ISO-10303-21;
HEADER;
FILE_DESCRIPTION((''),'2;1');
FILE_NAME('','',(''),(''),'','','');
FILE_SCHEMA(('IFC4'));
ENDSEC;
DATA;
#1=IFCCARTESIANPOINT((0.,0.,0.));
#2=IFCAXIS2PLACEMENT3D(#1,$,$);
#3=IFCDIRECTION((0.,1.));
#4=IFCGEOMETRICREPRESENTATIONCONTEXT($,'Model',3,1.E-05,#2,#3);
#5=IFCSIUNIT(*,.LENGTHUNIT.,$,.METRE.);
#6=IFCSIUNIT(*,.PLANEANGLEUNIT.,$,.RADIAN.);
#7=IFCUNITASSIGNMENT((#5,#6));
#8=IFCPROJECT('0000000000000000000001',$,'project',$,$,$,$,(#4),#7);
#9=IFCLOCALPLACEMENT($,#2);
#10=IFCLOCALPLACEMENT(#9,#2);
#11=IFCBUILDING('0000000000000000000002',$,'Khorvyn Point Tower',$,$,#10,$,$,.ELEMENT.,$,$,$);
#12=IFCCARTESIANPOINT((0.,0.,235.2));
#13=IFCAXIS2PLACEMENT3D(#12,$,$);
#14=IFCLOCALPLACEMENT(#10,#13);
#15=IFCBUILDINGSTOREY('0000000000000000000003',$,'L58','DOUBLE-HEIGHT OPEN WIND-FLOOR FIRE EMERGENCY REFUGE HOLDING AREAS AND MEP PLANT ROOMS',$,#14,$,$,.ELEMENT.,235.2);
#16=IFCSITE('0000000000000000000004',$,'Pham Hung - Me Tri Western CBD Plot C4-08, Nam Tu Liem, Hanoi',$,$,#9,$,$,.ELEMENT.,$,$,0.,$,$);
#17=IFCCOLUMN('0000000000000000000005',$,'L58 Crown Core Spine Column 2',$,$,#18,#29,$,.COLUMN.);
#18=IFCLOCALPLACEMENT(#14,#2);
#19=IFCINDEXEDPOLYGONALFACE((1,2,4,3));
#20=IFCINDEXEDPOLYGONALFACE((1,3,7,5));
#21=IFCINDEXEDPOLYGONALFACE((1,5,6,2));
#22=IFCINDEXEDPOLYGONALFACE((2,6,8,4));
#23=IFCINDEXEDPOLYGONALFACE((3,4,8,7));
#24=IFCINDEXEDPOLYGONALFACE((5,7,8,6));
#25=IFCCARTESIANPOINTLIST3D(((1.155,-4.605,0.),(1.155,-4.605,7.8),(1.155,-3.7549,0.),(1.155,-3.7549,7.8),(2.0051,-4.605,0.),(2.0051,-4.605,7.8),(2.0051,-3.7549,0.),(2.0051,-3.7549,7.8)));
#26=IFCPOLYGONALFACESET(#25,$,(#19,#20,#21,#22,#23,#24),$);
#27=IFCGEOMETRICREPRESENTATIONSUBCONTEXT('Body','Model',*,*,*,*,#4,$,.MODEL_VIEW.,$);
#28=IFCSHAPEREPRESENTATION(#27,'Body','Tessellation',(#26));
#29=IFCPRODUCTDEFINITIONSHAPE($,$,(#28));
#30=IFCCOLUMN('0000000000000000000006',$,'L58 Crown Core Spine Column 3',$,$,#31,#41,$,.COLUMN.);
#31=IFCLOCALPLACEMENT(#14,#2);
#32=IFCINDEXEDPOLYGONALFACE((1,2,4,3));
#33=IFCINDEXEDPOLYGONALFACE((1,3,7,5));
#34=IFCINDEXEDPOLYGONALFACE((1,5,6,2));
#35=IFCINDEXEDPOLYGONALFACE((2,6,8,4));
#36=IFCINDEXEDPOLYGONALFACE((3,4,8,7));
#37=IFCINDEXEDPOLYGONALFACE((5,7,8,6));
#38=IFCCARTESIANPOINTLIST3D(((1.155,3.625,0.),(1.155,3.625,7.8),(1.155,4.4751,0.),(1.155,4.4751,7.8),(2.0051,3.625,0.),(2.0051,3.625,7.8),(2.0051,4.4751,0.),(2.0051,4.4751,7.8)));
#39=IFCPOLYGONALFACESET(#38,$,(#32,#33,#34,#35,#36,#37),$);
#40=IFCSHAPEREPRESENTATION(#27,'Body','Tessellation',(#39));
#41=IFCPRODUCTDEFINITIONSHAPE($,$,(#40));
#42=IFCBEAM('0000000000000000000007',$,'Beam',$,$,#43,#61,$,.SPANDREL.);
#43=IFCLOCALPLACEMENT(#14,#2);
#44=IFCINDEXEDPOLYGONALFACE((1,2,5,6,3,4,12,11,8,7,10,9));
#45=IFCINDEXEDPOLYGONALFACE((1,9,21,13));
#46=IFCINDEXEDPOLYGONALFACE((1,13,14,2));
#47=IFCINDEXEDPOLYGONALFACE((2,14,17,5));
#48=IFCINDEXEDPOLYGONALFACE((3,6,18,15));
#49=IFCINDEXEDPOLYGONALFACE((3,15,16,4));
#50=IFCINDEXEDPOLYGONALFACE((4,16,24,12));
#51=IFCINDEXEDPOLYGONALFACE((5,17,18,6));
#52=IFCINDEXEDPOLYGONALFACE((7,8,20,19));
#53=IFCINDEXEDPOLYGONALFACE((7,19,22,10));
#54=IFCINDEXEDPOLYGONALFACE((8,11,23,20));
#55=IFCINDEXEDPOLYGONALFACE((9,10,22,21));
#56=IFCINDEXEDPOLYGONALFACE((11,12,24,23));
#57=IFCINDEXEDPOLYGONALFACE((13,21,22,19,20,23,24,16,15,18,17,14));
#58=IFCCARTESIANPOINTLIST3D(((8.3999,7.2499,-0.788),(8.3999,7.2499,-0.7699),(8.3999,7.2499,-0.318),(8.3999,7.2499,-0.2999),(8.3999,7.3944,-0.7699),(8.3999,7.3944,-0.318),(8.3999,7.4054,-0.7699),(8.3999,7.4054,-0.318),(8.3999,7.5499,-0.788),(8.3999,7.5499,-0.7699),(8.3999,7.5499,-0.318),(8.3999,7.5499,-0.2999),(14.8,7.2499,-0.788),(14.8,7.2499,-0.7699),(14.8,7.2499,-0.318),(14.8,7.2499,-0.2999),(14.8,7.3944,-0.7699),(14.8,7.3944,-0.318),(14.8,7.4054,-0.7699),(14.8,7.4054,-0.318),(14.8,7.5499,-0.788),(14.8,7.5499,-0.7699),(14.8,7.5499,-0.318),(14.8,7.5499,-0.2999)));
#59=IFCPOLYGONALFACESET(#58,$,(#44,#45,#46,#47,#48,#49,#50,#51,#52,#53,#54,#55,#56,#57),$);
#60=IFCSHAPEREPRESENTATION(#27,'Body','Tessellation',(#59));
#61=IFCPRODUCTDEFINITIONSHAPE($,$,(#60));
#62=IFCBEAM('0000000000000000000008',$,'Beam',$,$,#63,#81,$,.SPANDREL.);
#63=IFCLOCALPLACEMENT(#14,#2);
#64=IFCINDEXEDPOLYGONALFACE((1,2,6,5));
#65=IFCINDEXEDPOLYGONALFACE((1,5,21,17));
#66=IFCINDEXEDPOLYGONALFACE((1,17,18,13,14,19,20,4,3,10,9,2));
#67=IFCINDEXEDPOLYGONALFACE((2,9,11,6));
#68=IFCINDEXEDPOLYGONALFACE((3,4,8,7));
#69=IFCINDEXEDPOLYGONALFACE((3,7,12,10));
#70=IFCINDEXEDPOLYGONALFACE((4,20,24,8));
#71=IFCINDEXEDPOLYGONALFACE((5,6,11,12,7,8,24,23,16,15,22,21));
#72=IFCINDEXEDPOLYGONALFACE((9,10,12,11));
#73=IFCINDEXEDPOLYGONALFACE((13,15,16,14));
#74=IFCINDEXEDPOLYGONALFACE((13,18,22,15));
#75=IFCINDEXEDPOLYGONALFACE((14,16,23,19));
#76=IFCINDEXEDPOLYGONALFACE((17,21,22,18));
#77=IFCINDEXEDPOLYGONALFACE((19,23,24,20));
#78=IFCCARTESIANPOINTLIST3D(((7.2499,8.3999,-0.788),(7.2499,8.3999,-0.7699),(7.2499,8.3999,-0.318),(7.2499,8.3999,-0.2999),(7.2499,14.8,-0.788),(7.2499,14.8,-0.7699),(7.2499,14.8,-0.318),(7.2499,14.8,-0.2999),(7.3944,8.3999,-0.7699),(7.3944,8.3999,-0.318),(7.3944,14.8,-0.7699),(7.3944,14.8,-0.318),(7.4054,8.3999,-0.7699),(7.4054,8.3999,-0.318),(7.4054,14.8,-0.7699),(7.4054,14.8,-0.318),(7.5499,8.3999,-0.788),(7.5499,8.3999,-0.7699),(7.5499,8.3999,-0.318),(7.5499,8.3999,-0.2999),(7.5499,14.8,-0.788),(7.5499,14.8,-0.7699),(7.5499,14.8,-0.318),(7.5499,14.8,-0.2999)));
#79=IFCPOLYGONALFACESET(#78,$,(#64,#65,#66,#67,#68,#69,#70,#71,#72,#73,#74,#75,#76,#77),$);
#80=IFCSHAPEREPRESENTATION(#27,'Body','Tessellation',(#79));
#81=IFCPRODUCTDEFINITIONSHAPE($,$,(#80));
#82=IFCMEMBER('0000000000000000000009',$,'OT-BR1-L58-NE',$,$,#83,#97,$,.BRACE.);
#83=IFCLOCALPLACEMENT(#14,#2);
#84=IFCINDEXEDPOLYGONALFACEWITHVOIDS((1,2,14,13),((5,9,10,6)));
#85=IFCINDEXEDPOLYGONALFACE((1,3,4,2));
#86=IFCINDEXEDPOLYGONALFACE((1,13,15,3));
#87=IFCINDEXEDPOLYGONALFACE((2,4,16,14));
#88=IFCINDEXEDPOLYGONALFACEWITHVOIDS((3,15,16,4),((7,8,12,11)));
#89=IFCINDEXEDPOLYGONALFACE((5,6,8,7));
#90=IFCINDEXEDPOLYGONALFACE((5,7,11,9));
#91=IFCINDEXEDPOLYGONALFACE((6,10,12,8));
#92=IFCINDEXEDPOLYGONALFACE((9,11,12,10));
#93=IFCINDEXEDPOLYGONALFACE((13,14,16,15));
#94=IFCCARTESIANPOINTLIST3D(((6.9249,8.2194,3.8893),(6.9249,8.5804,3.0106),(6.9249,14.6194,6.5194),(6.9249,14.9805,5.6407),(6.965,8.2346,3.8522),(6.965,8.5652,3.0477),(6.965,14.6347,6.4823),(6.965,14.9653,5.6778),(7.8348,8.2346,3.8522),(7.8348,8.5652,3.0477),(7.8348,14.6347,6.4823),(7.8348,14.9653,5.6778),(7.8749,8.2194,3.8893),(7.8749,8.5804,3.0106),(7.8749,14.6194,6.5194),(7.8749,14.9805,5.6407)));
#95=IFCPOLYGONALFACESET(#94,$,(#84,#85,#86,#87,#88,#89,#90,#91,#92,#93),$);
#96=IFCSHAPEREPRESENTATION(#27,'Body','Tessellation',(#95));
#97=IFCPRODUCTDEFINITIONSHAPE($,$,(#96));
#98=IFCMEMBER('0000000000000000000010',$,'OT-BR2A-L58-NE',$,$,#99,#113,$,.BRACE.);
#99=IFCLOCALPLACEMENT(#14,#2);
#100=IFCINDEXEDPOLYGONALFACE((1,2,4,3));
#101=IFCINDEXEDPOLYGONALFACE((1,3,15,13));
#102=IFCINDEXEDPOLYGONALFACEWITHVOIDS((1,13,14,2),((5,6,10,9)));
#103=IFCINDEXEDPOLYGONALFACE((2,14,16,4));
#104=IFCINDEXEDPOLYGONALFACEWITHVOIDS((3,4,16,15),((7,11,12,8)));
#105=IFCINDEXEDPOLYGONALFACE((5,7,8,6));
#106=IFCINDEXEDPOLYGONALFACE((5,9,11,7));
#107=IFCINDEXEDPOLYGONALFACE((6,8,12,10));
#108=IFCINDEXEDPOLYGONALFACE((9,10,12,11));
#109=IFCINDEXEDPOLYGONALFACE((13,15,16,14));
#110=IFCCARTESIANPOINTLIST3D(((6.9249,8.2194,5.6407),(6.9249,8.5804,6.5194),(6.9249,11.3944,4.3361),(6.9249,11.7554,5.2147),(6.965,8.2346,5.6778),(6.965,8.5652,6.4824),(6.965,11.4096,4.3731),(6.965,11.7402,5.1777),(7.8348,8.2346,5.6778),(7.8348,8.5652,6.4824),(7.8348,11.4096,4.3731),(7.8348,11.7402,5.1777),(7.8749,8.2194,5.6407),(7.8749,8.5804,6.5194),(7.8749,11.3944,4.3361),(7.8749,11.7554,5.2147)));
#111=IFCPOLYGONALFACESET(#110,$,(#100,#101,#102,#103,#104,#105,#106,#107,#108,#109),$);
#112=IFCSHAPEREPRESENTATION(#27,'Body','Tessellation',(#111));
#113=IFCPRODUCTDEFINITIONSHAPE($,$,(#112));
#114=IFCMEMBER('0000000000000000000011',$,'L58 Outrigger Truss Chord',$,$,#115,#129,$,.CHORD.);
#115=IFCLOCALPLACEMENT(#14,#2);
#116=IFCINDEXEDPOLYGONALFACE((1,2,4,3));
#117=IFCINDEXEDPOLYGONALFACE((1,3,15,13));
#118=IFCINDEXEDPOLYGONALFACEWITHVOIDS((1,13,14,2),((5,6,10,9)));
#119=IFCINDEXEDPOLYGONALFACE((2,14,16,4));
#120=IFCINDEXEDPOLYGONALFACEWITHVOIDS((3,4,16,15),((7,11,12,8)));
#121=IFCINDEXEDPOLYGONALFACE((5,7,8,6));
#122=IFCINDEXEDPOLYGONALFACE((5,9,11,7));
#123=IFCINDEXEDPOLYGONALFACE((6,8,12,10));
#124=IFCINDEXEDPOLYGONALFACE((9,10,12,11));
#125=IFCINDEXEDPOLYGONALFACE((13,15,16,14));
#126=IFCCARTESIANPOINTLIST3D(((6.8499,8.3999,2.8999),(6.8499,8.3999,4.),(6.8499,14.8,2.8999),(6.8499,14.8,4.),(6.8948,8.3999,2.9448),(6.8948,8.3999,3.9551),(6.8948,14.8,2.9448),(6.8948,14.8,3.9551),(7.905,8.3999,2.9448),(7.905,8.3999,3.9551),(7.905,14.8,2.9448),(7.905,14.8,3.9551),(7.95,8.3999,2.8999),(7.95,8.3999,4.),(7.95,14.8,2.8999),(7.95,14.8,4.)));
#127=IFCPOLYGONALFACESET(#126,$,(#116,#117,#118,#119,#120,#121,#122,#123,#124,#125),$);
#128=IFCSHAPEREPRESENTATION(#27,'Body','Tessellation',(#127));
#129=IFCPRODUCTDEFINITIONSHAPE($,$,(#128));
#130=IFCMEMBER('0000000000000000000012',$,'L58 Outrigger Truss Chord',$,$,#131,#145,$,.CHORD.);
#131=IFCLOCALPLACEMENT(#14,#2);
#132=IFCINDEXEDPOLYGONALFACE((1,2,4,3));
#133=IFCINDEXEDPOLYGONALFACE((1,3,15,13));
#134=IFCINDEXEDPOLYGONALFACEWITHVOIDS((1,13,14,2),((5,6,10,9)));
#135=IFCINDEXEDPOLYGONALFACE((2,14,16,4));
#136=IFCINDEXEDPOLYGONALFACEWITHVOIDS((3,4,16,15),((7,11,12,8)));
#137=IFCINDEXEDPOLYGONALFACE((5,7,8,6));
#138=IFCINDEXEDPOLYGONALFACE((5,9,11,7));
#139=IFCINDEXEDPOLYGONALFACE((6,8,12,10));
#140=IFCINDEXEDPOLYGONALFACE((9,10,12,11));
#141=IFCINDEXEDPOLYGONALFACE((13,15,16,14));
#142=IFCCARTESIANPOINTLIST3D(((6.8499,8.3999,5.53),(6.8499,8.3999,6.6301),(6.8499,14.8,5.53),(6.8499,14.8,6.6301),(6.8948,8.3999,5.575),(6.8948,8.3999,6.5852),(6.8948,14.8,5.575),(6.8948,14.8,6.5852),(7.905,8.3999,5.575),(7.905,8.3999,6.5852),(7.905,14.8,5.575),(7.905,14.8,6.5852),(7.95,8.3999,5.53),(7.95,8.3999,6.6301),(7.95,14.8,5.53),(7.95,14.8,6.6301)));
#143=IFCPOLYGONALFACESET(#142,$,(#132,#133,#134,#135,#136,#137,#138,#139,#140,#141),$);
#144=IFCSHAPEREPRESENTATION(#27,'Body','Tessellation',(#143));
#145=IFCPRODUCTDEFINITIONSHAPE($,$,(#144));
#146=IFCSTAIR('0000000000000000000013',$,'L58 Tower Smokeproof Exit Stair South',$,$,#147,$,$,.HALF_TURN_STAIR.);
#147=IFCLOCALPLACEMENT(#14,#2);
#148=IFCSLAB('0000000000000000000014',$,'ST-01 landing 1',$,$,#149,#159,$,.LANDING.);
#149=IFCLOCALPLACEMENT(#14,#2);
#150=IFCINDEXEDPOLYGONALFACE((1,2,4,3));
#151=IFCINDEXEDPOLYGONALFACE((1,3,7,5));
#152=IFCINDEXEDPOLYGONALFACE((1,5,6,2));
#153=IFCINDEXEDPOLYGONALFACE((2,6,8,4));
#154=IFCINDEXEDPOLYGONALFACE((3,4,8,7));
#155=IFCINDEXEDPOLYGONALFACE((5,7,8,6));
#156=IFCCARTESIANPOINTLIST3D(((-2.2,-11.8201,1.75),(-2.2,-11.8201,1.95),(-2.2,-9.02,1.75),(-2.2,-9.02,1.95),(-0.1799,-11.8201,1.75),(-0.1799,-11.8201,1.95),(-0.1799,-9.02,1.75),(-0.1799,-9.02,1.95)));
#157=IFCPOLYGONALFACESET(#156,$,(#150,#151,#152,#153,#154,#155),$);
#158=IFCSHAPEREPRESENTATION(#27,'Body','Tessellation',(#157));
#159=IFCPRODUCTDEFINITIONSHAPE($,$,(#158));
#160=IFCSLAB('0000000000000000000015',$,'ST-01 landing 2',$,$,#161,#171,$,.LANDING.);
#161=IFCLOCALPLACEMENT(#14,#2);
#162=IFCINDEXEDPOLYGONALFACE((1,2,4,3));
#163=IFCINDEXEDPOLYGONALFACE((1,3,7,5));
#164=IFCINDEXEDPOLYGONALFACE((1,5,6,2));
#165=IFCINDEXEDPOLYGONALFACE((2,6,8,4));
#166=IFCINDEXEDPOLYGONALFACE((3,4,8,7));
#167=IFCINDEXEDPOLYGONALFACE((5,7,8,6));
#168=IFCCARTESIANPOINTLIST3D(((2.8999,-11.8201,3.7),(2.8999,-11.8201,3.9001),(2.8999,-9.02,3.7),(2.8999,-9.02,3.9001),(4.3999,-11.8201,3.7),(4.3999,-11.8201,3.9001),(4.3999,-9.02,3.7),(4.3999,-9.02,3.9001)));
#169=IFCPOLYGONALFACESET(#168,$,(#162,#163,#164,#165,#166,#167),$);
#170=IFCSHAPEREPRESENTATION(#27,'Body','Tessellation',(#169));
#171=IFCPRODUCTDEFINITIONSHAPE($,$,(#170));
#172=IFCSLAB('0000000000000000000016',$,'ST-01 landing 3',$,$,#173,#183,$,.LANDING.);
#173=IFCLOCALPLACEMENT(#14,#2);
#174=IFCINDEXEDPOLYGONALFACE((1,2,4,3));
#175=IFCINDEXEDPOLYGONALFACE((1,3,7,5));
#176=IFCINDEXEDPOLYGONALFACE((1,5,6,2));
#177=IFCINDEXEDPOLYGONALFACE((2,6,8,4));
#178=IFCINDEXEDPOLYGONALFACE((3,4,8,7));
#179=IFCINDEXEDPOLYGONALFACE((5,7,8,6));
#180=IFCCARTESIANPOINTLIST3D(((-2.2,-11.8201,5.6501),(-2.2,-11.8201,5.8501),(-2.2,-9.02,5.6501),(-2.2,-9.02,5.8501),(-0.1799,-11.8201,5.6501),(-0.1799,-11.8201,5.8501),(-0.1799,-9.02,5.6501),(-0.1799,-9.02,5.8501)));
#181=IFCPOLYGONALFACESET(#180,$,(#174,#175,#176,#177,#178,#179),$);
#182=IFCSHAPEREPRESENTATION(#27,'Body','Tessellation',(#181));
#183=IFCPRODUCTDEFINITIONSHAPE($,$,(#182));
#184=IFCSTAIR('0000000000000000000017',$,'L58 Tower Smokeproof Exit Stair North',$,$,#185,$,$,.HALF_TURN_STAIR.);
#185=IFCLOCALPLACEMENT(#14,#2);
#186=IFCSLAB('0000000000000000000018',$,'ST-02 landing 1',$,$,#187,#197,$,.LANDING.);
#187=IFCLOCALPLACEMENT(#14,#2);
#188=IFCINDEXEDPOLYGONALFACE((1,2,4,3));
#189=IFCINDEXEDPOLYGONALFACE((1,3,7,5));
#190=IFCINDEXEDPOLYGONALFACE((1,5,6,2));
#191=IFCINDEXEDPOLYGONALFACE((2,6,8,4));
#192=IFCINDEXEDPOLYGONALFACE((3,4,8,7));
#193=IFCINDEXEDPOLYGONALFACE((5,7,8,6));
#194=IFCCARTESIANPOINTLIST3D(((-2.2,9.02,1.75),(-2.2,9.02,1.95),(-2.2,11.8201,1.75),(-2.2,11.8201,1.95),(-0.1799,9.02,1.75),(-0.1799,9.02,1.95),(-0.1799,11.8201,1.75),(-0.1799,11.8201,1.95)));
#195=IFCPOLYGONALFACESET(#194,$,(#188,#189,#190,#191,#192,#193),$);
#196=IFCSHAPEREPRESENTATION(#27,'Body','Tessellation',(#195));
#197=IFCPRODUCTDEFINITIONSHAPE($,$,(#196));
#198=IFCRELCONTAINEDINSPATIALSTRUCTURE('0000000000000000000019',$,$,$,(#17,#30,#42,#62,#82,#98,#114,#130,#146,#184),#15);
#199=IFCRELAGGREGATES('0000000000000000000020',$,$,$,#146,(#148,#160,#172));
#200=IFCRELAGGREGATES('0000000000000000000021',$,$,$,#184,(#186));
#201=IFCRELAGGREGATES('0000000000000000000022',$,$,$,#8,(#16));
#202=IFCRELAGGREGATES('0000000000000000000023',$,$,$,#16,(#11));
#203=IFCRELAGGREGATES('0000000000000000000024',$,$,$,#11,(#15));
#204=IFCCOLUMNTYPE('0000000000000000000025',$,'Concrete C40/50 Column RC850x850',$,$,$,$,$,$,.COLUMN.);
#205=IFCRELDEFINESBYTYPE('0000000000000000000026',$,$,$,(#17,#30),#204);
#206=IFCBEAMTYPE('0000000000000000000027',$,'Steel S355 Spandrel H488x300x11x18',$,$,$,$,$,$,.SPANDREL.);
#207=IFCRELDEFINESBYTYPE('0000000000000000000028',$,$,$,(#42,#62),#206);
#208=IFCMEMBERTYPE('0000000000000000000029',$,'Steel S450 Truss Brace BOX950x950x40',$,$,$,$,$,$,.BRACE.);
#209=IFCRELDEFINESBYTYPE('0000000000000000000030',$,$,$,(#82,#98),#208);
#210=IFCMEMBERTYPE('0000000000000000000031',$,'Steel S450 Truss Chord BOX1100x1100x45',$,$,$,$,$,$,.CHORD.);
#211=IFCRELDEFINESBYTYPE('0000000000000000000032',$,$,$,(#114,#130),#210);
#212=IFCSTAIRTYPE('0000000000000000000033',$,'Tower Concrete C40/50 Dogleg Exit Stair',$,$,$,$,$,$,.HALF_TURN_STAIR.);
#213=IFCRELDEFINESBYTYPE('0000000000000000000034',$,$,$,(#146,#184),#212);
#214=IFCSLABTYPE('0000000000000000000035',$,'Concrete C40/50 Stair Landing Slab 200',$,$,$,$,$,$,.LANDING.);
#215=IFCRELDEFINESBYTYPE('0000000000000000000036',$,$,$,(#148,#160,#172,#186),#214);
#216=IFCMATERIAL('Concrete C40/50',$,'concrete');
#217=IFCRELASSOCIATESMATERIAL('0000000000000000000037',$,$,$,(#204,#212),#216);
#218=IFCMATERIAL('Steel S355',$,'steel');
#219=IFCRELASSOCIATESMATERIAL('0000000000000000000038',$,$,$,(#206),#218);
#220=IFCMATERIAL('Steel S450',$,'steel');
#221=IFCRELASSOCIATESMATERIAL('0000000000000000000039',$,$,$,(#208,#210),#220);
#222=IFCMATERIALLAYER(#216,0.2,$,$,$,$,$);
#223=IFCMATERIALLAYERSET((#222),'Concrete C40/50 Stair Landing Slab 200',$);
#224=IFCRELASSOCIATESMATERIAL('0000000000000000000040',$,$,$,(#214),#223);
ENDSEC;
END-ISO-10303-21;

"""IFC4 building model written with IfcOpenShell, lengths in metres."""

from ifc_helpers import new_model, si_unit, direction, frame, origin, origin_2d, place, context, subcontext, project, spatial, polyline, rectangle, hollow_rectangle, i_section, outline, extrude, material, layer, layer_set, material_profile, profile_set, type_object, element, aggregate, save


model = new_model("IFC4")

# Units and contexts
model_context = context("Model", 3, precision=1e-05, world=origin(), true_north=direction((0.0, 1.0)))
body_context = subcontext(model_context, "Body", "Model", "MODEL_VIEW")
ifc_project = project(units=[si_unit("LENGTHUNIT", "METRE"), si_unit("PLANEANGLEUNIT", "RADIAN")], contexts=[model_context])

# Site, building, storey
site_placement = place(None, origin())
site = spatial("IfcSite", under=ifc_project, at=site_placement, Name="Pham Hung - Me Tri Western CBD Plot C4-08, Nam Tu Liem, Hanoi", CompositionType="ELEMENT", RefElevation=0.0)
building_placement = place(site_placement, origin())
building = spatial("IfcBuilding", under=site, at=building_placement, Name="Khorvyn Point Tower", CompositionType="ELEMENT")
storey_placement = place(building_placement, frame((0.0, 0.0, 235.2)))
storey = spatial("IfcBuildingStorey", under=building, at=storey_placement, Name="L58", Description="DOUBLE-HEIGHT OPEN WIND-FLOOR FIRE EMERGENCY REFUGE HOLDING AREAS AND MEP PLANT ROOMS", CompositionType="ELEMENT", Elevation=235.2)

# Columns
ifc_material_1 = material(Name="Concrete C40/50", Category="concrete")
ifc_material_profile_1 = material_profile(ifc_material_1, rectangle(XDim=0.8501, YDim=0.8501, at=origin_2d()))
ifc_profile_set_1 = profile_set([ifc_material_profile_1], Name="Concrete C40/50 RC850x850")
column_type = type_object("IfcColumnType", Name="Concrete C40/50 Column RC850x850", PredefinedType="COLUMN", material=ifc_profile_set_1)
for number, where, z_axis, x_axis, name in (
    (1, (1.5801, -4.1799, 0.0), (0.0, 0.0, 1.0), (1.0, 0.0, 0.0), "L58 Crown Core Spine Column 2"),
    (2, (1.5801, 4.05, 0.0), (0.0, 0.0, 1.0), (1.0, 0.0, 0.0), "L58 Crown Core Spine Column 3"),
):
    element("IfcColumn", number, at=place(storey_placement, frame(where, z_axis=z_axis, x_axis=x_axis)), inside=storey, type_object=column_type, Name=name, PredefinedType="COLUMN", context=body_context, shape_type="SweptSolid", body=[
        extrude(rectangle(XDim=0.8501, YDim=0.8501, at=origin_2d()), origin(), (0.0, 0.0, 1.0), 7.8),
    ])

# Beams
ifc_material_2 = material(Name="Steel S355", Category="steel")
ifc_material_profile_2 = material_profile(ifc_material_2, i_section(OverallWidth=0.3, OverallDepth=0.488, WebThickness=0.011, FlangeThickness=0.0181, at=origin_2d()))
ifc_profile_set_2 = profile_set([ifc_material_profile_2], Name="Steel S355 H488x300x11x18")
beam_type = type_object("IfcBeamType", Name="Steel S355 Spandrel H488x300x11x18", PredefinedType="SPANDREL", material=ifc_profile_set_2)
for number, where, z_axis, x_axis, name in (
    (3, (8.3999, 7.3999, -0.5439), (1.0, 0.0, 0.0), (0.0, 1.0, 0.0), "Beam"),
    (4, (7.3999, 8.3999, -0.5439), (0.0, 1.0, 0.0), (-1.0, 0.0, 0.0), "Beam"),
):
    element("IfcBeam", number, at=place(storey_placement, frame(where, z_axis=z_axis, x_axis=x_axis)), inside=storey, type_object=beam_type, Name=name, PredefinedType="SPANDREL", context=body_context, shape_type="SweptSolid", body=[
        extrude(i_section(OverallWidth=0.3, OverallDepth=0.488, WebThickness=0.011, FlangeThickness=0.0181, at=origin_2d()), origin(), (0.0, 0.0, 1.0), 6.4001),
    ])

# Members
ifc_material_3 = material(Name="Steel S450", Category="steel")
ifc_material_profile_3 = material_profile(ifc_material_3, hollow_rectangle(XDim=0.95, YDim=0.95, WallThickness=0.04, at=origin_2d()))
ifc_profile_set_3 = profile_set([ifc_material_profile_3], Name="Steel S450 BOX950x950x40")
member_type_1 = type_object("IfcMemberType", Name="Steel S450 Truss Brace BOX950x950x40", PredefinedType="BRACE", material=ifc_profile_set_3)
member_1_placement = place(storey_placement, frame((7.3999, 8.3999, 3.45), z_axis=(0.0, 0.924944, 0.380104), x_axis=(-1.0, 0.0, 0.0)))
element("IfcMember", 5, at=member_1_placement, inside=storey, type_object=member_type_1, Name="OT-BR1-L58-NE", PredefinedType="BRACE", context=body_context, shape_type="SweptSolid", body=[
    extrude(hollow_rectangle(XDim=0.95, YDim=0.95, WallThickness=0.04, at=origin_2d()), origin(), (0.0, 0.0, 1.0), 6.9194),
])
member_2_placement = place(storey_placement, frame((7.3999, 8.3999, 6.0801), z_axis=(0.0, 0.924953, -0.380081), x_axis=(-1.0, 0.0, 0.0)))
element("IfcMember", 6, at=member_2_placement, inside=storey, type_object=member_type_1, Name="OT-BR2A-L58-NE", PredefinedType="BRACE", context=body_context, shape_type="SweptSolid", body=[
    extrude(hollow_rectangle(XDim=0.95, YDim=0.95, WallThickness=0.04, at=origin_2d()), origin(), (0.0, 0.0, 1.0), 3.4326),
])
ifc_material_profile_4 = material_profile(ifc_material_3, hollow_rectangle(XDim=1.1001, YDim=1.1001, WallThickness=0.0449, at=origin_2d()))
ifc_profile_set_4 = profile_set([ifc_material_profile_4], Name="Steel S450 BOX1100x1100x45")
member_type_2 = type_object("IfcMemberType", Name="Steel S450 Truss Chord BOX1100x1100x45", PredefinedType="CHORD", material=ifc_profile_set_4)
for number, where, z_axis, x_axis, name in (
    (7, (7.3999, 8.3999, 3.45), (0.0, 1.0, 0.0), (-1.0, 0.0, 0.0), "L58 Outrigger Truss Chord"),
    (8, (7.3999, 8.3999, 6.0801), (0.0, 1.0, 0.0), (-1.0, 0.0, 0.0), "L58 Outrigger Truss Chord"),
):
    element("IfcMember", number, at=place(storey_placement, frame(where, z_axis=z_axis, x_axis=x_axis)), inside=storey, type_object=member_type_2, Name=name, PredefinedType="CHORD", context=body_context, shape_type="SweptSolid", body=[
        extrude(hollow_rectangle(XDim=1.1001, YDim=1.1001, WallThickness=0.0449, at=origin_2d()), origin(), (0.0, 0.0, 1.0), 6.4001),
    ])

# Stairs, slabs
stair_type = type_object("IfcStairType", Name="Tower Concrete C40/50 Dogleg Exit Stair", PredefinedType="HALF_TURN_STAIR", material=ifc_material_1)
stair_1_placement = place(storey_placement, origin())
stair_1 = element("IfcStair", 9, at=stair_1_placement, inside=storey, type_object=stair_type, Name="L58 Tower Smokeproof Exit Stair South", PredefinedType="HALF_TURN_STAIR")
ifc_layer_1 = layer(ifc_material_1, 0.2)
ifc_layer_set_1 = layer_set([ifc_layer_1], Name="Concrete C40/50 Stair Landing Slab 200")
slab_type_1 = type_object("IfcSlabType", Name="Concrete C40/50 Stair Landing Slab 200", PredefinedType="LANDING", material=ifc_layer_set_1)
slab_1_placement = place(storey_placement, frame((0.0, 0.0, 1.75)))
slab_1 = element("IfcSlab", 10, at=slab_1_placement, type_object=slab_type_1, Name="ST-01 landing 1", PredefinedType="LANDING", context=body_context, shape_type="SweptSolid", body=[
    extrude(outline(polyline([(-0.1799, -9.02), (-2.2, -9.02), (-2.2, -11.8201), (-0.1799, -11.8201), (-0.1799, -9.02)])), origin(), (0.0, 0.0, 1.0), 0.2),
])
slab_2_placement = place(storey_placement, frame((0.0, 0.0, 3.7)))
slab_2 = element("IfcSlab", 11, at=slab_2_placement, type_object=slab_type_1, Name="ST-01 landing 2", PredefinedType="LANDING", context=body_context, shape_type="SweptSolid", body=[
    extrude(outline(polyline([(4.3999, -9.02), (2.8999, -9.02), (2.8999, -11.8201), (4.3999, -11.8201), (4.3999, -9.02)])), origin(), (0.0, 0.0, 1.0), 0.2002),
])
slab_3_placement = place(storey_placement, frame((0.0, 0.0, 5.6501)))
slab_3 = element("IfcSlab", 12, at=slab_3_placement, type_object=slab_type_1, Name="ST-01 landing 3", PredefinedType="LANDING", context=body_context, shape_type="SweptSolid", body=[
    extrude(outline(polyline([(-0.1799, -9.02), (-2.2, -9.02), (-2.2, -11.8201), (-0.1799, -11.8201), (-0.1799, -9.02)])), origin(), (0.0, 0.0, 1.0), 0.2),
])
aggregate(stair_1, [slab_1, slab_2, slab_3])
stair_2_placement = place(storey_placement, origin())
stair_2 = element("IfcStair", 13, at=stair_2_placement, inside=storey, type_object=stair_type, Name="L58 Tower Smokeproof Exit Stair North", PredefinedType="HALF_TURN_STAIR")
slab_4_placement = place(storey_placement, frame((0.0, 0.0, 1.75)))
slab_4 = element("IfcSlab", 14, at=slab_4_placement, type_object=slab_type_1, Name="ST-02 landing 1", PredefinedType="LANDING", context=body_context, shape_type="SweptSolid", body=[
    extrude(outline(polyline([(-0.1799, 11.8201), (-2.2, 11.8201), (-2.2, 9.02), (-0.1799, 9.02), (-0.1799, 11.8201)])), origin(), (0.0, 0.0, 1.0), 0.2),
])
aggregate(stair_2, [slab_4])

save(model, "model.ifc")
